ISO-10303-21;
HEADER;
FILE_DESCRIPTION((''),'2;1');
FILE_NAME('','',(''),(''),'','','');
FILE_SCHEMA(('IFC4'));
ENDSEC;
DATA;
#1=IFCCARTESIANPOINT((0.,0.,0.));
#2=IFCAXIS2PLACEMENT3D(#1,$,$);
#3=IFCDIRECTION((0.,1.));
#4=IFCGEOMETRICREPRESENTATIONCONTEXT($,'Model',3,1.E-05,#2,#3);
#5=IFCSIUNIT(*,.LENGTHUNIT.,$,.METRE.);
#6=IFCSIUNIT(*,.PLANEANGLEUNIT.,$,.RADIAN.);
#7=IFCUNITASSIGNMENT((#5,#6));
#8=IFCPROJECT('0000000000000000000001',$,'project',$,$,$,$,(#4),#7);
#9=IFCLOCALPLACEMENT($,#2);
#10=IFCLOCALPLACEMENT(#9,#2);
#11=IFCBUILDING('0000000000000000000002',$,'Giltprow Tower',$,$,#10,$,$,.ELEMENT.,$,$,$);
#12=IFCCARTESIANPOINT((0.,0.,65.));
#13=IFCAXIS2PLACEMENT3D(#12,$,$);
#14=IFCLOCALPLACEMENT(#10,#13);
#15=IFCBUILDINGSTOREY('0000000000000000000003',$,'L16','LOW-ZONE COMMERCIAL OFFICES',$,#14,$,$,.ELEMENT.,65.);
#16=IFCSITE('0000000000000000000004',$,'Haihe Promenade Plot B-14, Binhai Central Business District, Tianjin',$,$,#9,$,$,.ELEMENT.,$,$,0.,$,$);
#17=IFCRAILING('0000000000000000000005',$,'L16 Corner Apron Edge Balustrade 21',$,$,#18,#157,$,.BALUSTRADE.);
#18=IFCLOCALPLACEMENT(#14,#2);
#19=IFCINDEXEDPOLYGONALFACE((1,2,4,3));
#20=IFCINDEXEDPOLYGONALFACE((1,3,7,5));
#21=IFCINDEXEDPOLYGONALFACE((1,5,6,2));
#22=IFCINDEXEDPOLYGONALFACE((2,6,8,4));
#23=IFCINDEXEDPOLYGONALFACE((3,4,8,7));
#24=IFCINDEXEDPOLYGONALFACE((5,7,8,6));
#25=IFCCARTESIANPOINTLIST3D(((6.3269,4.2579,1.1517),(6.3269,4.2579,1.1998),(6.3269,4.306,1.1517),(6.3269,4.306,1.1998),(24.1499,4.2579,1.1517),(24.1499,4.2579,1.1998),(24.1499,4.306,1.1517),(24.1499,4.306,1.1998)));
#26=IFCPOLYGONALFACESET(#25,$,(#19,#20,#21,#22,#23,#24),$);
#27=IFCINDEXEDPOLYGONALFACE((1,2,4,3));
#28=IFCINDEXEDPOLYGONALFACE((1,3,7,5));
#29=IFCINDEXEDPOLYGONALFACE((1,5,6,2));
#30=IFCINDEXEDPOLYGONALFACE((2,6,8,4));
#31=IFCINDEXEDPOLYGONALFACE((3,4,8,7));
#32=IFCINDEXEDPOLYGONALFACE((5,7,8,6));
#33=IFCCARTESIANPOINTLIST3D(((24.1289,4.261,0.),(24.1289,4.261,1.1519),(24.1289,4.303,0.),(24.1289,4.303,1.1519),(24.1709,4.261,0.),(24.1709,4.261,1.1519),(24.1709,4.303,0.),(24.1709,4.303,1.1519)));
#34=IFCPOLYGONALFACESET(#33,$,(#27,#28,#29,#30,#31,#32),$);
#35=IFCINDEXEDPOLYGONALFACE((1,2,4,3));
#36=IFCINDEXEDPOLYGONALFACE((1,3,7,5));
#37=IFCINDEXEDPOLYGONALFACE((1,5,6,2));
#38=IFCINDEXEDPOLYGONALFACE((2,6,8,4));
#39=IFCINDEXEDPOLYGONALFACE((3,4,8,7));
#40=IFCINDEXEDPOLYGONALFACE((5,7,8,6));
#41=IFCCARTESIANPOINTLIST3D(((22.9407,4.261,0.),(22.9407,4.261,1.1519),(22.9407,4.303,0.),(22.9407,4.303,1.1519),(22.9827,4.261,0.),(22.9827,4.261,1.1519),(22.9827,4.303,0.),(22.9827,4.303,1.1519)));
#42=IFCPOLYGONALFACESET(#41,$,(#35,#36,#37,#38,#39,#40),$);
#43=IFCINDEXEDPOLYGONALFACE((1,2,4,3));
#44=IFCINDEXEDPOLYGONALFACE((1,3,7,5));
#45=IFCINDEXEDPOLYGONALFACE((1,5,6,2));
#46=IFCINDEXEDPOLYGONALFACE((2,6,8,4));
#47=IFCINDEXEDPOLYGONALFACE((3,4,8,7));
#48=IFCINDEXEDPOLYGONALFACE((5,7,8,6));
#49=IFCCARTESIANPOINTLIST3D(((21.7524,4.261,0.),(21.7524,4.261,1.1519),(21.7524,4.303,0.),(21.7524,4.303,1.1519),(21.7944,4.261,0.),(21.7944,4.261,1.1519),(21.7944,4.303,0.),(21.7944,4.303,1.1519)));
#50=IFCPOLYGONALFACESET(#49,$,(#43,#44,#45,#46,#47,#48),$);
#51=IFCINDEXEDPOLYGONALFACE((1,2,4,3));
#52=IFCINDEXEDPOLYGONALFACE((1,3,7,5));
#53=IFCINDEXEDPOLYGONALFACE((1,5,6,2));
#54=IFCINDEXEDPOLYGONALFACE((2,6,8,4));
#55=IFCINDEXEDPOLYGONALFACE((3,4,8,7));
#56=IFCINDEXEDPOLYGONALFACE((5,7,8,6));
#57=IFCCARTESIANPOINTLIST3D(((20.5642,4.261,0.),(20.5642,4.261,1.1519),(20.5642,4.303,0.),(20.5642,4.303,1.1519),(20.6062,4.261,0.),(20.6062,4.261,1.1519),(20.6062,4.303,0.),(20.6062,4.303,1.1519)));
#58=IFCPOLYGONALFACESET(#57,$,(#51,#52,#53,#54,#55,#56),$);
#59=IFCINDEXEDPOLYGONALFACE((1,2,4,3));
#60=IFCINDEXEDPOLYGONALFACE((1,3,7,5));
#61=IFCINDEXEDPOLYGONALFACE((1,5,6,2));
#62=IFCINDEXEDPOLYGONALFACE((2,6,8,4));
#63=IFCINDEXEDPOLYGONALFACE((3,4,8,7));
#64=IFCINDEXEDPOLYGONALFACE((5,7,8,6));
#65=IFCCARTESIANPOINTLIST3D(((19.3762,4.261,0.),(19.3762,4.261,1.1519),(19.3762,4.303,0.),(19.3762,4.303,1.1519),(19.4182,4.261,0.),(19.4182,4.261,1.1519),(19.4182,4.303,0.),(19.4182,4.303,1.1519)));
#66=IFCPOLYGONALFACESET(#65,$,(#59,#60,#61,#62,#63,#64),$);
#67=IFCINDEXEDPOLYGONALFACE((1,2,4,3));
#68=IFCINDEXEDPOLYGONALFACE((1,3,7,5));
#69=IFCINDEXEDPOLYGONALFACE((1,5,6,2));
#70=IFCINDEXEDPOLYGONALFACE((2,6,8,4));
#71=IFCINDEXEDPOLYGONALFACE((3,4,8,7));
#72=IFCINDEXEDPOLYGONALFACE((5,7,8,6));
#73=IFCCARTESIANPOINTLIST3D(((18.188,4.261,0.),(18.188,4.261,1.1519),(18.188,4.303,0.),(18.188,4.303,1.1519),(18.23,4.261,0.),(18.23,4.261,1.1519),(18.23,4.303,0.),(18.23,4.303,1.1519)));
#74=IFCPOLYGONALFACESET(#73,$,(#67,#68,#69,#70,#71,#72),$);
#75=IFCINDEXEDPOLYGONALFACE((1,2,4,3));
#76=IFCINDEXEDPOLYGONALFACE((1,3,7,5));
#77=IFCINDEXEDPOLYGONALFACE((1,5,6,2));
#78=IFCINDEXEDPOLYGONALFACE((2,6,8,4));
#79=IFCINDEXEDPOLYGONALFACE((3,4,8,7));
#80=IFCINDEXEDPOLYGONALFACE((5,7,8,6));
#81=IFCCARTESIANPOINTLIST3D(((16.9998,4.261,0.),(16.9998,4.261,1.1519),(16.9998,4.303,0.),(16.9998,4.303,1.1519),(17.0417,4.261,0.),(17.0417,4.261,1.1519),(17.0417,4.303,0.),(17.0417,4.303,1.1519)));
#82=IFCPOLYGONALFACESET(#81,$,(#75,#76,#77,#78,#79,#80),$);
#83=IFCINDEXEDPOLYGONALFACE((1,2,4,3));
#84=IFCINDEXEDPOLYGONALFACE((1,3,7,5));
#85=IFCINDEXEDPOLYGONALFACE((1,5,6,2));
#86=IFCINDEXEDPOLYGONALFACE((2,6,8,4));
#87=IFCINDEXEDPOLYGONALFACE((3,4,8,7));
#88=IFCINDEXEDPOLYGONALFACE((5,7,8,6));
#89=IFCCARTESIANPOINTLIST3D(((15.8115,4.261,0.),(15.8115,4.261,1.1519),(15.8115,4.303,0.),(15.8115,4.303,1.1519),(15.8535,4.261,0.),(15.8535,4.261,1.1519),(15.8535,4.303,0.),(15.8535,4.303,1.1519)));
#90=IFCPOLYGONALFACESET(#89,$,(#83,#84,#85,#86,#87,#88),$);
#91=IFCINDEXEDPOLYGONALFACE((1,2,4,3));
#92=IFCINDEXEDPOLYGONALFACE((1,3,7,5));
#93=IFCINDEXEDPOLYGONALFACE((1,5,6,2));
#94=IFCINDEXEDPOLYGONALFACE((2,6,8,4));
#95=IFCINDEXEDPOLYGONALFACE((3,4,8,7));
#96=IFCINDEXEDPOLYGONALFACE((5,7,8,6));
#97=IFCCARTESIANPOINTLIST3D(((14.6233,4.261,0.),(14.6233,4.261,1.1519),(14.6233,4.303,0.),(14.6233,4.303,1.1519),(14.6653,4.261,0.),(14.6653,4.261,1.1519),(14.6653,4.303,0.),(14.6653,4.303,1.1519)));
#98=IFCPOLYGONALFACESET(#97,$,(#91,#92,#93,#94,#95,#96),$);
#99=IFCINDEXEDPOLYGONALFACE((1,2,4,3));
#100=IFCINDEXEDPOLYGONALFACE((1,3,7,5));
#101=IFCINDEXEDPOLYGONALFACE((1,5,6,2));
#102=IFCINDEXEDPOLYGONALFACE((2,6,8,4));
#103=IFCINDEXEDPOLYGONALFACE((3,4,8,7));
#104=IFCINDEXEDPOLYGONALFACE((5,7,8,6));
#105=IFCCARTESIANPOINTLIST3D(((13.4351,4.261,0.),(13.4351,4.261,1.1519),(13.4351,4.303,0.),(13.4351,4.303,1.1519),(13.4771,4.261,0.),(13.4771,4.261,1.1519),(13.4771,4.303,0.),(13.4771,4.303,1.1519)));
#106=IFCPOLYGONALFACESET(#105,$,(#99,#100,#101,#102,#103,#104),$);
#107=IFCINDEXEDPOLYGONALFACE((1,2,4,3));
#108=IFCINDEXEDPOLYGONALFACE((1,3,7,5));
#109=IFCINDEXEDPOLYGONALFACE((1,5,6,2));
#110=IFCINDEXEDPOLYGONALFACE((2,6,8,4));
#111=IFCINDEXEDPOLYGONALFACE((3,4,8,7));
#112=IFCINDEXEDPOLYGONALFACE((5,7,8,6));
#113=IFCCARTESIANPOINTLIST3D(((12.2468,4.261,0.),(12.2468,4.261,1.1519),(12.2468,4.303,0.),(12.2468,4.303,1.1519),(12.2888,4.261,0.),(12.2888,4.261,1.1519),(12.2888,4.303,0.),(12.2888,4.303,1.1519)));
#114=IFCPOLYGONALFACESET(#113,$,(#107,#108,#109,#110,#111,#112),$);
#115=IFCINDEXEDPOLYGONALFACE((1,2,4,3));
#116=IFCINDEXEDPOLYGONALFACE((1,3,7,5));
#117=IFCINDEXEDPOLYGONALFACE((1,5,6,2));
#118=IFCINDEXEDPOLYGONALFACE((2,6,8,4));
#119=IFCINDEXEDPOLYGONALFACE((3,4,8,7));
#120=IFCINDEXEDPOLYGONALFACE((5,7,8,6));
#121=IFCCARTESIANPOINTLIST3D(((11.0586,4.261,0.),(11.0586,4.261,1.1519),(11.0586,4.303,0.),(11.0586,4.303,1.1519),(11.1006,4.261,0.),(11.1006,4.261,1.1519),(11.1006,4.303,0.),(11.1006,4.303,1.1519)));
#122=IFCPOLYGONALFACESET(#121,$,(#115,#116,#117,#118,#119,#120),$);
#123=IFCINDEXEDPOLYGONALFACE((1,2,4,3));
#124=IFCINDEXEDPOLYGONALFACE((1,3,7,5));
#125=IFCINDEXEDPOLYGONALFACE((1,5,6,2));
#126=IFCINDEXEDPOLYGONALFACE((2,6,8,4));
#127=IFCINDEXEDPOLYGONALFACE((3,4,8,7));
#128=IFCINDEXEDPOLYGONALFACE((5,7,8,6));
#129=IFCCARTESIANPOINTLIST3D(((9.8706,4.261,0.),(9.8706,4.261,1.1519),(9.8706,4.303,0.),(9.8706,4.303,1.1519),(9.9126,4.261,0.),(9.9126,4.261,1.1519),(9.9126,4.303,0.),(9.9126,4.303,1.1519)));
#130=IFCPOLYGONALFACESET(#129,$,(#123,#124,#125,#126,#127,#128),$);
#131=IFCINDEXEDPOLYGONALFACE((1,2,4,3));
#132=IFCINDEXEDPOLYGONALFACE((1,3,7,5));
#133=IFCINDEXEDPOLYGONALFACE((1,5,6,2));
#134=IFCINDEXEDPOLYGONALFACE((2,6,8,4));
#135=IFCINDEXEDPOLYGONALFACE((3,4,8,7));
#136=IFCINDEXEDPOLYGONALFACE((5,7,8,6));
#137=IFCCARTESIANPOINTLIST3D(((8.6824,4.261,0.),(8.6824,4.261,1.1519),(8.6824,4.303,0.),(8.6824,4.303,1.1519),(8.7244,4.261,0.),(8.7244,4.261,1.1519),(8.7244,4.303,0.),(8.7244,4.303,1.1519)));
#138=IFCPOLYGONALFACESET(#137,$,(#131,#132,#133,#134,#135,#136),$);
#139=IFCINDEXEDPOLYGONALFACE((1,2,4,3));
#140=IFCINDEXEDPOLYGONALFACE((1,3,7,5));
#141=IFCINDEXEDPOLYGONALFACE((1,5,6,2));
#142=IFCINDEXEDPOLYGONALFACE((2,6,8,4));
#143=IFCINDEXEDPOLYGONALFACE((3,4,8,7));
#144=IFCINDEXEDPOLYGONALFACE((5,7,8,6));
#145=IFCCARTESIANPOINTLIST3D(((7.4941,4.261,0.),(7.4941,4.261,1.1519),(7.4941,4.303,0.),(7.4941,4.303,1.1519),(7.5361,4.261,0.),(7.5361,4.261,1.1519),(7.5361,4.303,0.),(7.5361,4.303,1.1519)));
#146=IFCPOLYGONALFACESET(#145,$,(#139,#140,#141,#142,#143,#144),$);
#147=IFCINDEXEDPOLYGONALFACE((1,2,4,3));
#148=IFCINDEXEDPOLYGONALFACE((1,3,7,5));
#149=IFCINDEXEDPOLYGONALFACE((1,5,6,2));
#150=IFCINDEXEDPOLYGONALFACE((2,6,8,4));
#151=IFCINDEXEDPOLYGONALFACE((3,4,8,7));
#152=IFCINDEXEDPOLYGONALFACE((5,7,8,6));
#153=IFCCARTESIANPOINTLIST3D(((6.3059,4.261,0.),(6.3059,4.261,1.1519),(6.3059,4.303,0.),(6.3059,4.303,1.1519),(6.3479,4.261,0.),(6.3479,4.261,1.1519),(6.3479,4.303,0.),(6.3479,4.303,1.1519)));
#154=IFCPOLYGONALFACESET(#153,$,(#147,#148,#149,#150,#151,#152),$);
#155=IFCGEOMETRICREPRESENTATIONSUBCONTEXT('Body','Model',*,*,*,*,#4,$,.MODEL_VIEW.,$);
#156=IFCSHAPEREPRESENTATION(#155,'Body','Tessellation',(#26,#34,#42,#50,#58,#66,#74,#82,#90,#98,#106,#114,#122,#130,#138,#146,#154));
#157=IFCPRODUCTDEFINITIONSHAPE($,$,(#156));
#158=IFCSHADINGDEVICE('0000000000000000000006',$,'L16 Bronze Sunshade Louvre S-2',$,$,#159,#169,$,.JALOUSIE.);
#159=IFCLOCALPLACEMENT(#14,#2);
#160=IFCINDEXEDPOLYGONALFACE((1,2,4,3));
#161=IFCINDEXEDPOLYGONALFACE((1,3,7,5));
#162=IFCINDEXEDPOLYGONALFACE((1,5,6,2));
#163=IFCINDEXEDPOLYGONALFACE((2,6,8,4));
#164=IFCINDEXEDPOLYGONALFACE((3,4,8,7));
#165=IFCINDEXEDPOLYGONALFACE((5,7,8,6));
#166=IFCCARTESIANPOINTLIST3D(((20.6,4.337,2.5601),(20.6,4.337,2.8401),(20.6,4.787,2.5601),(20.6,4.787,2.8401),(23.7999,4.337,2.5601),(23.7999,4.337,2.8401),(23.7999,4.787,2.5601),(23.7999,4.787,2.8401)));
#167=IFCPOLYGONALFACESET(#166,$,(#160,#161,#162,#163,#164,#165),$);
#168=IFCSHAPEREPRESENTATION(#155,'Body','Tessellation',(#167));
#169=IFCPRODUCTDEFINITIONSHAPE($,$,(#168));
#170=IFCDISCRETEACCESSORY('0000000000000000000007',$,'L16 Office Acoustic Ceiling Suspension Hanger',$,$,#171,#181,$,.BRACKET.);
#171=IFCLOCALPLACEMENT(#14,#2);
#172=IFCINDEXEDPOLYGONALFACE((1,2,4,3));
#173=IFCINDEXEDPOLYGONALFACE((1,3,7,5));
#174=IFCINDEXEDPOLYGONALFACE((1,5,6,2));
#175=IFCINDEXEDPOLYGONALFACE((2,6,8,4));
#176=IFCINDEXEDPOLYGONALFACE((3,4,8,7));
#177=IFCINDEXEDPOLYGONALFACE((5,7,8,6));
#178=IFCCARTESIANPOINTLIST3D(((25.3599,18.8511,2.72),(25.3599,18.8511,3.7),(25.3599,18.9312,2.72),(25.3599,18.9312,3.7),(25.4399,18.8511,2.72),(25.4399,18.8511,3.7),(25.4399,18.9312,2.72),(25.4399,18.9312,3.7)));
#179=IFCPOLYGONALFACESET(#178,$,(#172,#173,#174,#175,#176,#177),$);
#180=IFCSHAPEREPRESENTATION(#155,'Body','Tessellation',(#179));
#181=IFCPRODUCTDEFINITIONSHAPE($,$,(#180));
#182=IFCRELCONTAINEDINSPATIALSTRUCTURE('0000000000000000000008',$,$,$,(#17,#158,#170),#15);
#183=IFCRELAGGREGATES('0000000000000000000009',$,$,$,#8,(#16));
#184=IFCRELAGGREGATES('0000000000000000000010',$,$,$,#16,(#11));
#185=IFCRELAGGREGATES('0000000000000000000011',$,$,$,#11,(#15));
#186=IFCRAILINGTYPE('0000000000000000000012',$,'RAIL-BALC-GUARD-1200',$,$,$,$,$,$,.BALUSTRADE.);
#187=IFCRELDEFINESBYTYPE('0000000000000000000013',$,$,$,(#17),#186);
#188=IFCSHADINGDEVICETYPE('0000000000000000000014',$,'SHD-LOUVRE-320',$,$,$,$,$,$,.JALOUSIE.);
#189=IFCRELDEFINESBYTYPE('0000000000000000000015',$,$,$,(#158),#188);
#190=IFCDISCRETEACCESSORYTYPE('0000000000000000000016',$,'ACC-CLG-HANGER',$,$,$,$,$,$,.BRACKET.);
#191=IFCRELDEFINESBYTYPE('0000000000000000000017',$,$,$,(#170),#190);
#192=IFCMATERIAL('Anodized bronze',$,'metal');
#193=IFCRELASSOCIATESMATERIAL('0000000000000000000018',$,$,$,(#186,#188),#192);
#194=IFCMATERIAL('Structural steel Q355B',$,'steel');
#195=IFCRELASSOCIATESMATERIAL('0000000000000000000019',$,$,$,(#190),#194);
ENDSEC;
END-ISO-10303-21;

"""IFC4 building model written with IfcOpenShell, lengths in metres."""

from ifc_helpers import new_model, si_unit, direction, frame, origin, origin_2d, place, context, subcontext, project, spatial, rectangle, extrude, source, transform, mapped, material, type_object, element, save


model = new_model("IFC4")

# Units and contexts
model_context = context("Model", 3, precision=1e-05, world=origin(), true_north=direction((0.0, 1.0)))
body_context = subcontext(model_context, "Body", "Model", "MODEL_VIEW")
ifc_project = project(units=[si_unit("LENGTHUNIT", "METRE"), si_unit("PLANEANGLEUNIT", "RADIAN")], contexts=[model_context])

# Site, building, storey
site_placement = place(None, origin())
site = spatial("IfcSite", under=ifc_project, at=site_placement, Name="Haihe Promenade Plot B-14, Binhai Central Business District, Tianjin", CompositionType="ELEMENT", RefElevation=0.0)
building_placement = place(site_placement, origin())
building = spatial("IfcBuilding", under=site, at=building_placement, Name="Giltprow Tower", CompositionType="ELEMENT")
storey_placement = place(building_placement, frame((0.0, 0.0, 65.0)))
storey = spatial("IfcBuildingStorey", under=building, at=storey_placement, Name="L16", Description="LOW-ZONE COMMERCIAL OFFICES", CompositionType="ELEMENT", Elevation=65.0)

# Shared definitions
ifc_material_1 = material(Name="Structural steel Q355B", Category="steel")

# Shared definitions
ifc_material_2 = material(Name="Anodized bronze", Category="metal")

# Railing
railing_type = type_object("IfcRailingType", Name="RAIL-BALC-GUARD-1200", PredefinedType="BALUSTRADE", material=ifc_material_2)
railing_1_placement = place(storey_placement, frame((24.1499, 4.282, 0.0)))
element("IfcRailing", 1, at=railing_1_placement, inside=storey, type_object=railing_type, Name="L16 Corner Apron Edge Balustrade 21", PredefinedType="BALUSTRADE", context=body_context, shape_type="SweptSolid", body=[
    extrude(rectangle(XDim=0.0481, YDim=0.0481, at=origin_2d()), frame((0.0, 0.0, 1.1758), z_axis=(-1.0, 0.0, 0.0), x_axis=(0.0, -1.0, 0.0)), (0.0, 0.0, 1.0), 17.823),
    extrude(rectangle(XDim=0.042, YDim=0.042, at=origin_2d()), origin(), (0.0, 0.0, 1.0), 1.1519),
    extrude(rectangle(XDim=0.042, YDim=0.042, at=origin_2d()), frame((-1.1882, 0.0, 0.0)), (0.0, 0.0, 1.0), 1.1519),
    extrude(rectangle(XDim=0.042, YDim=0.042, at=origin_2d()), frame((-2.3765, 0.0, 0.0)), (0.0, 0.0, 1.0), 1.1519),
    extrude(rectangle(XDim=0.042, YDim=0.042, at=origin_2d()), frame((-3.5647, 0.0, 0.0)), (0.0, 0.0, 1.0), 1.1519),
    extrude(rectangle(XDim=0.042, YDim=0.042, at=origin_2d()), frame((-4.7527, 0.0, 0.0)), (0.0, 0.0, 1.0), 1.1519),
    extrude(rectangle(XDim=0.042, YDim=0.042, at=origin_2d()), frame((-5.9409, 0.0, 0.0)), (0.0, 0.0, 1.0), 1.1519),
    extrude(rectangle(XDim=0.042, YDim=0.042, at=origin_2d()), frame((-7.1292, 0.0, 0.0)), (0.0, 0.0, 1.0), 1.1519),
    extrude(rectangle(XDim=0.042, YDim=0.042, at=origin_2d()), frame((-8.3174, 0.0, 0.0)), (0.0, 0.0, 1.0), 1.1519),
    extrude(rectangle(XDim=0.042, YDim=0.042, at=origin_2d()), frame((-9.5056, 0.0, 0.0)), (0.0, 0.0, 1.0), 1.1519),
    extrude(rectangle(XDim=0.042, YDim=0.042, at=origin_2d()), frame((-10.6938, 0.0, 0.0)), (0.0, 0.0, 1.0), 1.1519),
    extrude(rectangle(XDim=0.042, YDim=0.042, at=origin_2d()), frame((-11.8821, 0.0, 0.0)), (0.0, 0.0, 1.0), 1.1519),
    extrude(rectangle(XDim=0.042, YDim=0.042, at=origin_2d()), frame((-13.0703, 0.0, 0.0)), (0.0, 0.0, 1.0), 1.1519),
    extrude(rectangle(XDim=0.042, YDim=0.042, at=origin_2d()), frame((-14.2583, 0.0, 0.0)), (0.0, 0.0, 1.0), 1.1519),
    extrude(rectangle(XDim=0.042, YDim=0.042, at=origin_2d()), frame((-15.4465, 0.0, 0.0)), (0.0, 0.0, 1.0), 1.1519),
    extrude(rectangle(XDim=0.042, YDim=0.042, at=origin_2d()), frame((-16.6348, 0.0, 0.0)), (0.0, 0.0, 1.0), 1.1519),
    extrude(rectangle(XDim=0.042, YDim=0.042, at=origin_2d()), frame((-17.823, 0.0, 0.0)), (0.0, 0.0, 1.0), 1.1519),
])

# Shading device
shading_device_type = type_object("IfcShadingDeviceType", Name="SHD-LOUVRE-320", PredefinedType="JALOUSIE", material=ifc_material_2)
shared_shape_1 = source(origin(), body_context, "Body", "SweptSolid", [
    extrude(rectangle(XDim=3.2, YDim=0.45, at=origin_2d()), origin(), (0.0, 0.0, 1.0), 0.28),
])
shading_device_placement = place(storey_placement, frame((22.2, 4.562, 2.5601), z_axis=(0.0, 0.0, 1.0), x_axis=(1.0, 0.0, 0.0)))
element("IfcShadingDevice", 2, at=shading_device_placement, inside=storey, type_object=shading_device_type, Name="L16 Bronze Sunshade Louvre S-2", PredefinedType="JALOUSIE", context=body_context, shape_type="MappedRepresentation", body=[
    mapped(shared_shape_1, transform((0.0, 0.0, 0.0), x_axis=(1.0, 0.0, 0.0), y_axis=(0.0, 1.0, 0.0), z_axis=(0.0, 0.0, 1.0), scale=1.0)),
])

# Discrete accessory
discrete_accessory_type = type_object("IfcDiscreteAccessoryType", Name="ACC-CLG-HANGER", PredefinedType="BRACKET", material=ifc_material_1)
shared_shape_2 = source(origin(), body_context, "Body", "SweptSolid", [
    extrude(rectangle(XDim=0.0801, YDim=0.0801, at=origin_2d()), origin(), (0.0, 0.0, 1.0), 0.98),
])
discrete_accessory_placement = place(storey_placement, frame((25.3999, 18.8911, 2.72), z_axis=(0.0, 0.0, 1.0), x_axis=(1.0, 0.0, 0.0)))
element("IfcDiscreteAccessory", 3, at=discrete_accessory_placement, inside=storey, type_object=discrete_accessory_type, Name="L16 Office Acoustic Ceiling Suspension Hanger", PredefinedType="BRACKET", context=body_context, shape_type="MappedRepresentation", body=[
    mapped(shared_shape_2, transform((0.0, 0.0, 0.0), x_axis=(1.0, 0.0, 0.0), y_axis=(0.0, 1.0, 0.0), z_axis=(0.0, 0.0, 1.0), scale=1.0)),
])

save(model, "model.ifc")
